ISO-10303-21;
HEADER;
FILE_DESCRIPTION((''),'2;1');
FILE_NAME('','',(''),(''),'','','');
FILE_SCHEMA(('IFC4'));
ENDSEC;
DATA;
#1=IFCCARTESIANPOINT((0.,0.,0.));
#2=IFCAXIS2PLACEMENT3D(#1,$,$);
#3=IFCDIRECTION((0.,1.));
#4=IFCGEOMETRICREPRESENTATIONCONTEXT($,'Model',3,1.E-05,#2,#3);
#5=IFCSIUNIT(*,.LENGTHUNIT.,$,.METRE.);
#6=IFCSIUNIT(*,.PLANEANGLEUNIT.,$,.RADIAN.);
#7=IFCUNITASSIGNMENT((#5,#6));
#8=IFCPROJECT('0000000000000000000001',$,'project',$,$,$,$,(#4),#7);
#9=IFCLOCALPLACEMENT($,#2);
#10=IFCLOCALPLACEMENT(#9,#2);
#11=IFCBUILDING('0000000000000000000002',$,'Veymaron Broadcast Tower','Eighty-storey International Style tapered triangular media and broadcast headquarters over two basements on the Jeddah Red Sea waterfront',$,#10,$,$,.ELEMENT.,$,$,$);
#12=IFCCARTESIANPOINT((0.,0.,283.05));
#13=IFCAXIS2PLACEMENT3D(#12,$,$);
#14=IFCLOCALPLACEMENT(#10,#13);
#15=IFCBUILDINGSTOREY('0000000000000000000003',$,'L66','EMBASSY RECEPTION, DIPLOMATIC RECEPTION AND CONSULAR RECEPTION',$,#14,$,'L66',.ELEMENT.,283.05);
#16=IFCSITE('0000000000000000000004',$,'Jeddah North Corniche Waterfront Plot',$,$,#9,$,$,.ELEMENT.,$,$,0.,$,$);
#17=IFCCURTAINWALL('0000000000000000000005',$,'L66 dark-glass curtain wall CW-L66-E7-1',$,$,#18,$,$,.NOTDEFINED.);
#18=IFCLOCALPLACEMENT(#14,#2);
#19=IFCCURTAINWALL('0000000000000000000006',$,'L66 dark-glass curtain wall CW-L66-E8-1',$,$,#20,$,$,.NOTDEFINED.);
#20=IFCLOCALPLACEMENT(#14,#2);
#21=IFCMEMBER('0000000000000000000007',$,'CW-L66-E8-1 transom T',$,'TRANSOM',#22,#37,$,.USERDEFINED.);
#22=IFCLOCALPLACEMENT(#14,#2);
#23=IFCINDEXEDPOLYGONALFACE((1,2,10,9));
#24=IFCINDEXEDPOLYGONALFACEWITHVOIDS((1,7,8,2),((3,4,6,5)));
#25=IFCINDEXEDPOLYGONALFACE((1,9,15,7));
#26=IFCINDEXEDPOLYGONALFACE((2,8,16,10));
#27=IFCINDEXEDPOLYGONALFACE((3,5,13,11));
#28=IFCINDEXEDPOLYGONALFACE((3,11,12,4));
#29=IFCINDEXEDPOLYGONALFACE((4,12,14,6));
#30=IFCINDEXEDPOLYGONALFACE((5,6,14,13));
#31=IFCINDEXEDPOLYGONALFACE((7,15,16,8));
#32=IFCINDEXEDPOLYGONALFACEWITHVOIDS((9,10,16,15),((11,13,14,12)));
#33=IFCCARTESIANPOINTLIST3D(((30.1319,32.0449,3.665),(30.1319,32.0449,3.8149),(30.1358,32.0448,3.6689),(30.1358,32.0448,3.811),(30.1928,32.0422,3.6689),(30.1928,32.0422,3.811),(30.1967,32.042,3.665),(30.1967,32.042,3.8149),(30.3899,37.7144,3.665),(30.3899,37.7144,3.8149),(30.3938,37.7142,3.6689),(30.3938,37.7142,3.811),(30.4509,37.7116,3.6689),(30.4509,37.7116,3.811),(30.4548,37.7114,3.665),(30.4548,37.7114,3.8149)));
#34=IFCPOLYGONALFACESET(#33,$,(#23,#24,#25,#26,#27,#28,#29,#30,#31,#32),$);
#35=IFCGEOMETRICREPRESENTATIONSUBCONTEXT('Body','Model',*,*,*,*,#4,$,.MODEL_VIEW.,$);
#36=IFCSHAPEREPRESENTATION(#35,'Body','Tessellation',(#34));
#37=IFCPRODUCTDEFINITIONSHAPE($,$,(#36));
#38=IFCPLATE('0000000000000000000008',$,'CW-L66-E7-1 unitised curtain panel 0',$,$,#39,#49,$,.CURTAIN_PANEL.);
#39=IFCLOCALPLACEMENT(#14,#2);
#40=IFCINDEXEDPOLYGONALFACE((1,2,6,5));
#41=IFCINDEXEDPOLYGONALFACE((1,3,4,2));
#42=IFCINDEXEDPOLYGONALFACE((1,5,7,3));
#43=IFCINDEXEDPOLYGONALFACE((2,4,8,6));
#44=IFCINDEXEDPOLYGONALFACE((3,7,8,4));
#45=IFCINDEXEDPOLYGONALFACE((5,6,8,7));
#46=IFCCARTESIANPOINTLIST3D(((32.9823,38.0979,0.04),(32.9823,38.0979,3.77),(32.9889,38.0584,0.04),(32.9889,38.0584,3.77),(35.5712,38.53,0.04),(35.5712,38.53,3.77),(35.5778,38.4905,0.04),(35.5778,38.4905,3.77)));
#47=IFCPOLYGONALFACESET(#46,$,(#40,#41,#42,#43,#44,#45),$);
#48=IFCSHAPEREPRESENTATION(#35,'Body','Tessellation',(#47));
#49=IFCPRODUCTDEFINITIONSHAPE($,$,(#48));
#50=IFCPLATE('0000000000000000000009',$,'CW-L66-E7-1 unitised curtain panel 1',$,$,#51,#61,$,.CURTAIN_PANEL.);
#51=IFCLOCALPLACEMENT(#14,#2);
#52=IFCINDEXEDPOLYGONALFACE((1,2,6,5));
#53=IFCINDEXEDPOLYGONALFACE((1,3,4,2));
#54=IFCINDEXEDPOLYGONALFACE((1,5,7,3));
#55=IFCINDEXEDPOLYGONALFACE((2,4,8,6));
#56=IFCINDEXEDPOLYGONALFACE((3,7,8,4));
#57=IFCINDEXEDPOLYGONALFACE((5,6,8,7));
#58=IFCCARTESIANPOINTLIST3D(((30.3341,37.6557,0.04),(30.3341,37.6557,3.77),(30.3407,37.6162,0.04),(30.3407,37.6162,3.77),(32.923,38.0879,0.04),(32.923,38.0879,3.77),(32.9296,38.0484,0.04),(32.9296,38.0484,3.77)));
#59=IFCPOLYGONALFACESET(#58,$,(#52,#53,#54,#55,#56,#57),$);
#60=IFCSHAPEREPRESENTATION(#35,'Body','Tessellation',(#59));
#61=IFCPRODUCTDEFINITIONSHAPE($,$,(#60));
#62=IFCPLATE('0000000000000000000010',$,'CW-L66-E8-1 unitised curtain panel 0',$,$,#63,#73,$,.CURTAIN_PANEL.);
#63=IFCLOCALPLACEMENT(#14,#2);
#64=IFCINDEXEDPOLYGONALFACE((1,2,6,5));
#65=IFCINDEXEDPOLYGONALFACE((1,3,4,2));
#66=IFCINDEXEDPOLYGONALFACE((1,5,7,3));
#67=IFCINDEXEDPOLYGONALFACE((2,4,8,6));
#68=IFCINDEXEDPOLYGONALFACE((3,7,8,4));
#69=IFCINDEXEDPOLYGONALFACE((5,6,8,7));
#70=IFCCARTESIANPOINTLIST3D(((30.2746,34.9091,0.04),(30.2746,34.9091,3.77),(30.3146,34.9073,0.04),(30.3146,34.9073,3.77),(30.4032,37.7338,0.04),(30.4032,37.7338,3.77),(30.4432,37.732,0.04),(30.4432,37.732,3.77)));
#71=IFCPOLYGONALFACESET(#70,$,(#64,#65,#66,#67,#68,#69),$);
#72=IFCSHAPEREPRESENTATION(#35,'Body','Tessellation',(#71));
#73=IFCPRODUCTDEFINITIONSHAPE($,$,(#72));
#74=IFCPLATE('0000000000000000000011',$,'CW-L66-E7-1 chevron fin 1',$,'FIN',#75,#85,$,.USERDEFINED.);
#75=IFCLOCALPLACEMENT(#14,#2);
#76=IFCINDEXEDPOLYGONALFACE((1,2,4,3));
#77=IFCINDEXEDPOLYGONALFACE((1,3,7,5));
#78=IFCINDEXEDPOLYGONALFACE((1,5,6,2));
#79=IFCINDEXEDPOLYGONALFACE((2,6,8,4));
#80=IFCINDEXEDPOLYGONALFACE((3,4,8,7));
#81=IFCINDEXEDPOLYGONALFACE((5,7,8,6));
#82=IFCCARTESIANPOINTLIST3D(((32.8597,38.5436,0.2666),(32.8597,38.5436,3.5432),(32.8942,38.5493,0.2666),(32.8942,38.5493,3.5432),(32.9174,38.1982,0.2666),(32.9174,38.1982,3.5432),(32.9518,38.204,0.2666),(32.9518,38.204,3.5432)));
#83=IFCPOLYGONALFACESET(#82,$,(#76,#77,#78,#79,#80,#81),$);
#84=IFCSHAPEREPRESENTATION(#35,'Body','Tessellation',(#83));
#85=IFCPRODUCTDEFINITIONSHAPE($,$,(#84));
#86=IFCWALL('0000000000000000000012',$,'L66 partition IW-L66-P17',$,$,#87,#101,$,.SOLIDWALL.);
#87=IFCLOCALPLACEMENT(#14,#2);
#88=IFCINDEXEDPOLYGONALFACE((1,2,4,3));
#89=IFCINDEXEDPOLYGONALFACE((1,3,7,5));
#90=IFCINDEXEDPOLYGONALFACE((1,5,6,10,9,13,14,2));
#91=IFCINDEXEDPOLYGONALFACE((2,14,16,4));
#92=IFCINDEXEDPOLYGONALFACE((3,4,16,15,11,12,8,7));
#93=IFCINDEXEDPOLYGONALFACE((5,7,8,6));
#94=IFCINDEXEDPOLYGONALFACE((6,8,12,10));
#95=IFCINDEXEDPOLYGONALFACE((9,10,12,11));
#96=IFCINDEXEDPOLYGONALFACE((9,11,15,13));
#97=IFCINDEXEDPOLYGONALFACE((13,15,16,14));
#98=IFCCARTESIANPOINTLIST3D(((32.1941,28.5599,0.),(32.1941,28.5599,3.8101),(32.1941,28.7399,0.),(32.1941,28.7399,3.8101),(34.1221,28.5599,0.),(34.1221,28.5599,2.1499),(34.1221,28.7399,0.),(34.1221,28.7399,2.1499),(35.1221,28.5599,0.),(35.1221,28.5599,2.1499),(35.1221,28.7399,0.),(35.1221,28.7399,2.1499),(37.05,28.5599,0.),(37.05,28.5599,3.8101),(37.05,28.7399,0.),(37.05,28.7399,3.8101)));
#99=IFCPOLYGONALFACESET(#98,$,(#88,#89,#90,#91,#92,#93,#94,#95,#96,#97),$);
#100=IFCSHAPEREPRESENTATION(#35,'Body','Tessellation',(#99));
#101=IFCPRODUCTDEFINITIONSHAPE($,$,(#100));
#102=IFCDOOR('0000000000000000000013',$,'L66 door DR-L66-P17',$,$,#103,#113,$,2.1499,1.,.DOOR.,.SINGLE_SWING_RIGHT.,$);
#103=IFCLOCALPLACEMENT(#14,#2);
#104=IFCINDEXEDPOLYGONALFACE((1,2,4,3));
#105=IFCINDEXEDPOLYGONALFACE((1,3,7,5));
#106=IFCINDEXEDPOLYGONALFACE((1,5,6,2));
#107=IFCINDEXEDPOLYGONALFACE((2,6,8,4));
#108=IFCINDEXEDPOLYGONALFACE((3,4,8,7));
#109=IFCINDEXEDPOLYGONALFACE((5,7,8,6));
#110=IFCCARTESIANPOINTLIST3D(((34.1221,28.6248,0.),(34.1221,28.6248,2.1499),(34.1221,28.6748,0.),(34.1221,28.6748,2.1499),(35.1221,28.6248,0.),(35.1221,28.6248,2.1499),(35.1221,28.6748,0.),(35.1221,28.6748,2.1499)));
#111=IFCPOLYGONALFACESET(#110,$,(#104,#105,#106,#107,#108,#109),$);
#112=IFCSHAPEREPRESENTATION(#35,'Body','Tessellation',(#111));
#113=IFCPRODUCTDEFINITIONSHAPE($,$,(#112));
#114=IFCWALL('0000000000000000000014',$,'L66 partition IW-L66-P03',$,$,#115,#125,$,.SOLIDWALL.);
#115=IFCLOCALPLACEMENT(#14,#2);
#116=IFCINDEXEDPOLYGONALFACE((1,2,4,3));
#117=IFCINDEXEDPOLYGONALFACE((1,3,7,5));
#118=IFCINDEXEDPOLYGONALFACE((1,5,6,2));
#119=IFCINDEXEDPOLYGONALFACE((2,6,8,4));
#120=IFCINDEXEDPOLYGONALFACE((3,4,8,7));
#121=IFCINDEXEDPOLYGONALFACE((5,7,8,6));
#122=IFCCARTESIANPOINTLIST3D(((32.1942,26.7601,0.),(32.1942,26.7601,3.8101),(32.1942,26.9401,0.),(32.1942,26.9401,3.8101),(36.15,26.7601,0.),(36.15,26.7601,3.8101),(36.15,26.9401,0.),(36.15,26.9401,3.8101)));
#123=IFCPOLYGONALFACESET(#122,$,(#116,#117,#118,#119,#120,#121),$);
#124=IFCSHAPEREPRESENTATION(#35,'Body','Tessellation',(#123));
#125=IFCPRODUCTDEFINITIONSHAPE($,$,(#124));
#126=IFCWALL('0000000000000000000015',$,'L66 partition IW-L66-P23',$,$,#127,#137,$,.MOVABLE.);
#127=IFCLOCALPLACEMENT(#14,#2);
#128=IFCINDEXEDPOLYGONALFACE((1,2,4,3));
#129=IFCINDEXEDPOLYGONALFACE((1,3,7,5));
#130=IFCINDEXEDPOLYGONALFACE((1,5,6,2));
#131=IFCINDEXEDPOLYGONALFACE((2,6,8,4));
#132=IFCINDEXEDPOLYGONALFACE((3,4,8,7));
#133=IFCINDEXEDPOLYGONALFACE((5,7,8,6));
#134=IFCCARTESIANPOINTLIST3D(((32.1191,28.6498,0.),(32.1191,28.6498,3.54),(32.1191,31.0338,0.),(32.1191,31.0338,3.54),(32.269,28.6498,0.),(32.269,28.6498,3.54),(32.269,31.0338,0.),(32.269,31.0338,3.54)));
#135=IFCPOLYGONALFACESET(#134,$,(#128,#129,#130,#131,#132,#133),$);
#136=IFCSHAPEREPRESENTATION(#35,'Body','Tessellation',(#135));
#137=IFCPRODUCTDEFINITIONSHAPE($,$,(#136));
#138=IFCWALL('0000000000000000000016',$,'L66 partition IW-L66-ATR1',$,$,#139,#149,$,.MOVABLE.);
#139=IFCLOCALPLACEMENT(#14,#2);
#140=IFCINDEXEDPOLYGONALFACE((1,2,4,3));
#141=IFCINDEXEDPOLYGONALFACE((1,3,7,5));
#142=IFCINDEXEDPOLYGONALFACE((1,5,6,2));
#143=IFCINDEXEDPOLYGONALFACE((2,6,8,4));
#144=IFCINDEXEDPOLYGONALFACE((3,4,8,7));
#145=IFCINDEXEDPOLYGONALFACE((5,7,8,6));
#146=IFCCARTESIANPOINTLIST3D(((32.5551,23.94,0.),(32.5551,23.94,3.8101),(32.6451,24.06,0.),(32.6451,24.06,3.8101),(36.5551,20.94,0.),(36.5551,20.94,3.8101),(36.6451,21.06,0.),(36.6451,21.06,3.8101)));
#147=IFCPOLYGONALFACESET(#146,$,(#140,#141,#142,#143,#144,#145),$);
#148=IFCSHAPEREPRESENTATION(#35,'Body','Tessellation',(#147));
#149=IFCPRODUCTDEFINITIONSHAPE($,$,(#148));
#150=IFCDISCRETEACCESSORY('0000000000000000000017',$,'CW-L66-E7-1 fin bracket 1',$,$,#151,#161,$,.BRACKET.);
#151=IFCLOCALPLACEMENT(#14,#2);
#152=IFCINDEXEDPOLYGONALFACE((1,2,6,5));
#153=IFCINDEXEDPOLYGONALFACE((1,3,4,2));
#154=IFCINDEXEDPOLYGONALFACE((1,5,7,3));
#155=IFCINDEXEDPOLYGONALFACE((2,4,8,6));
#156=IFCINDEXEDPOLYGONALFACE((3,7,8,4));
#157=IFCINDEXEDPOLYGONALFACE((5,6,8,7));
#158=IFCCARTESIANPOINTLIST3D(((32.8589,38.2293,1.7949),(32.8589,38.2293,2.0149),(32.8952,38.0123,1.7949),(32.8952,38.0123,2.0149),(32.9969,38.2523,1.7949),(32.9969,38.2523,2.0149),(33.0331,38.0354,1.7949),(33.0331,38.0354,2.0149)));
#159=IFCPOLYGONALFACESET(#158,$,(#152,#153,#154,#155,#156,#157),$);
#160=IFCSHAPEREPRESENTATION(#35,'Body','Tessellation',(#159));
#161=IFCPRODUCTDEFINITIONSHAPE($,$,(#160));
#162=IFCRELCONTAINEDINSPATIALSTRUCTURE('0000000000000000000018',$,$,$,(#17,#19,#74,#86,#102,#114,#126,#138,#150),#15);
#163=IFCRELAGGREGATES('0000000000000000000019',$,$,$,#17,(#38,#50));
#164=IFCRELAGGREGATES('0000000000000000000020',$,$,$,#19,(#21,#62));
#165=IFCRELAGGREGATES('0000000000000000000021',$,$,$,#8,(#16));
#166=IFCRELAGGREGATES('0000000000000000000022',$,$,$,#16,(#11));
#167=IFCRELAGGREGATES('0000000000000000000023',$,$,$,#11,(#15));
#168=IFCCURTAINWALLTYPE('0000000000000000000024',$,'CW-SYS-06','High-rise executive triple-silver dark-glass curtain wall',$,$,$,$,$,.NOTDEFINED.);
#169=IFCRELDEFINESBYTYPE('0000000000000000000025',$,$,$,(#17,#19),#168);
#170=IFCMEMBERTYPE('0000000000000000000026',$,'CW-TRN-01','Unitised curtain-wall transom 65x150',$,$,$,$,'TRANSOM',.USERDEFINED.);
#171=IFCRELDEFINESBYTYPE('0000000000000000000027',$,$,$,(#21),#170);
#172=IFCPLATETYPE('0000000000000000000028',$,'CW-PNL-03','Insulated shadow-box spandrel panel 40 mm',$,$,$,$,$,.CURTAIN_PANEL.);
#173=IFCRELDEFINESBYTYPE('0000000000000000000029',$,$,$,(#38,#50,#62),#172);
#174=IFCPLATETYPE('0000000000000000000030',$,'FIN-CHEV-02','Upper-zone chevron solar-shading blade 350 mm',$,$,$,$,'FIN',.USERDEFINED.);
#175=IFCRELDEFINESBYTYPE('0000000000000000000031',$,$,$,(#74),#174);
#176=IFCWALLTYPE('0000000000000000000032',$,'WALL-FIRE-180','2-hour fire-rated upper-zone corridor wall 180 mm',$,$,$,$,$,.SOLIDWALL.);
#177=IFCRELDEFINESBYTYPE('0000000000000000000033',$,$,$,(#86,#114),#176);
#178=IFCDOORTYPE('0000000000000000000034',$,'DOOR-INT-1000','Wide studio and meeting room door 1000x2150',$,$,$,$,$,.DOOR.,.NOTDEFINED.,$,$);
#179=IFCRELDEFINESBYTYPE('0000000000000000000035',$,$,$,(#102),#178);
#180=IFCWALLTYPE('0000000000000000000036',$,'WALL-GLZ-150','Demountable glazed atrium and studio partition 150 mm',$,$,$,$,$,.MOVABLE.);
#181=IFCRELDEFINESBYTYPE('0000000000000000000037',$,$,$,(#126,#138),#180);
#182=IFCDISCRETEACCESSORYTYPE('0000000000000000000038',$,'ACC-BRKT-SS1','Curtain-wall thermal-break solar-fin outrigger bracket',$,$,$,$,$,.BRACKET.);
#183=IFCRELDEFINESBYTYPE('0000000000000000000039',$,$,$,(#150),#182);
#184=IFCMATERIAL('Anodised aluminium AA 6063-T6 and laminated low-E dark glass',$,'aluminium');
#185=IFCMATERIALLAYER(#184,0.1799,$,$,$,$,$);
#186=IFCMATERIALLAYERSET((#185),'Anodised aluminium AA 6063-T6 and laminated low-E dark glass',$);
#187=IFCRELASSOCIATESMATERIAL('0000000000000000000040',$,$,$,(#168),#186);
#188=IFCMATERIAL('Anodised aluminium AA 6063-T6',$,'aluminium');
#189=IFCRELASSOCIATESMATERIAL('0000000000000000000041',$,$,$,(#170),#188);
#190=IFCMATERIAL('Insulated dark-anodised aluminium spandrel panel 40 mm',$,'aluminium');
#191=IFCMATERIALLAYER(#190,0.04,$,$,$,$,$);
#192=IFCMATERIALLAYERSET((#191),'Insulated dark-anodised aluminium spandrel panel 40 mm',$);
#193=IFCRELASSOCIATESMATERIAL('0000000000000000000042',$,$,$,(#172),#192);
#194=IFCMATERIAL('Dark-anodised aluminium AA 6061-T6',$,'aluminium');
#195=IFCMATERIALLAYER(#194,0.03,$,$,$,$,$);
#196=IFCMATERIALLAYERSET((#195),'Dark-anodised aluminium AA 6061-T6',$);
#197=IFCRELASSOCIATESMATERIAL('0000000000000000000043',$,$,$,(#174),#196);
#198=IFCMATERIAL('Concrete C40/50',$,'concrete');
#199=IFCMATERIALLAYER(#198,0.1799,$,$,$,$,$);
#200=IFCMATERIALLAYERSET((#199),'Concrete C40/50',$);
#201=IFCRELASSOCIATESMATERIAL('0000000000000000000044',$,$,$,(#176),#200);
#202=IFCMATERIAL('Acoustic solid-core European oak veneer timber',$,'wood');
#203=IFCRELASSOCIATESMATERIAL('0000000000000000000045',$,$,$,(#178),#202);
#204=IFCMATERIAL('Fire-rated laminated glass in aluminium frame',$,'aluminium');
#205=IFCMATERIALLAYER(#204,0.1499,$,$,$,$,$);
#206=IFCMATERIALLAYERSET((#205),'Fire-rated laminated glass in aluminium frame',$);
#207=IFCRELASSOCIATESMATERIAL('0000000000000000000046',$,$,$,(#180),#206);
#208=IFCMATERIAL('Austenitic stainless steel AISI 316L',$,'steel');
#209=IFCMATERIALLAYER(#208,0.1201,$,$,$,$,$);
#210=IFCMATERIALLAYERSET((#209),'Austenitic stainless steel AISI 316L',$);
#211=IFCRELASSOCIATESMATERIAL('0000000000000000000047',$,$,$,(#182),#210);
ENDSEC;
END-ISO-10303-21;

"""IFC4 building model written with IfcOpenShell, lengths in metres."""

from ifc_helpers import new_model, si_unit, direction, frame, frame_2d, origin, origin_2d, place, context, subcontext, project, spatial, rectangle, hollow_rectangle, extrude, material, layer, layer_set, material_profile, profile_set, type_object, element, fill, aggregate, save


model = new_model("IFC4")

# Units and contexts
model_context = context("Model", 3, precision=1e-05, world=origin(), true_north=direction((0.0, 1.0)))
body_context = subcontext(model_context, "Body", "Model", "MODEL_VIEW")
ifc_project = project(units=[si_unit("LENGTHUNIT", "METRE"), si_unit("PLANEANGLEUNIT", "RADIAN")], contexts=[model_context])

# Site, building, storey
site_placement = place(None, origin())
site = spatial("IfcSite", under=ifc_project, at=site_placement, Name="Jeddah North Corniche Waterfront Plot", CompositionType="ELEMENT", RefElevation=0.0)
building_placement = place(site_placement, origin())
building = spatial("IfcBuilding", under=site, at=building_placement, Name="Veymaron Broadcast Tower", Description="Eighty-storey International Style tapered triangular media and broadcast headquarters over two basements on the Jeddah Red Sea waterfront", CompositionType="ELEMENT")
storey_placement = place(building_placement, frame((0.0, 0.0, 283.05)))
storey = spatial("IfcBuildingStorey", under=building, at=storey_placement, Name="L66", Description="EMBASSY RECEPTION, DIPLOMATIC RECEPTION AND CONSULAR RECEPTION", LongName="L66", CompositionType="ELEMENT", Elevation=283.05)

# Shared definitions
ifc_material_1 = material(Name="Anodised aluminium AA 6063-T6 and laminated low-E dark glass", Category="aluminium")
ifc_layer_1 = layer(ifc_material_1, 0.1799)
ifc_layer_set_1 = layer_set([ifc_layer_1], Name="Anodised aluminium AA 6063-T6 and laminated low-E dark glass")
curtain_wall_type = type_object("IfcCurtainWallType", Name="CW-SYS-06", Description="High-rise executive triple-silver dark-glass curtain wall", PredefinedType="NOTDEFINED", material=ifc_layer_set_1)
ifc_material_2 = material(Name="Anodised aluminium AA 6063-T6", Category="aluminium")

# Curtain wall
curtain_wall_1_placement = place(storey_placement, origin())
curtain_wall_1 = element("IfcCurtainWall", 1, at=curtain_wall_1_placement, inside=storey, type_object=curtain_wall_type, Name="L66 dark-glass curtain wall CW-L66-E7-1", PredefinedType="NOTDEFINED")

# Curtain wall
curtain_wall_2_placement = place(storey_placement, origin())
curtain_wall_2 = element("IfcCurtainWall", 2, at=curtain_wall_2_placement, inside=storey, type_object=curtain_wall_type, Name="L66 dark-glass curtain wall CW-L66-E8-1", PredefinedType="NOTDEFINED")

# Member
ifc_material_profile_1 = material_profile(ifc_material_2, hollow_rectangle(XDim=0.0649, YDim=0.1499, WallThickness=0.0039, at=origin_2d()), Name="AL150X65X4")
ifc_profile_set_1 = profile_set([ifc_material_profile_1], Name="Anodised aluminium AA 6063-T6")
member_type_1 = type_object("IfcMemberType", Name="CW-TRN-01", Description="Unitised curtain-wall transom 65x150", ElementType="TRANSOM", PredefinedType="USERDEFINED", material=ifc_profile_set_1)
member_1_placement = place(storey_placement, frame((30.4224, 37.7129, 3.74), z_axis=(-0.04547, -0.998966, 0.0), x_axis=(0.998966, -0.04547, 0.0)))
member_1 = element("IfcMember", 3, at=member_1_placement, type_object=member_type_1, Name="CW-L66-E8-1 transom T", ObjectType="TRANSOM", PredefinedType="USERDEFINED", context=body_context, shape_type="SweptSolid", body=[
    extrude(hollow_rectangle(XDim=0.0649, YDim=0.1499, WallThickness=0.0039, at=origin_2d()), origin(), (0.0, 0.0, 1.0), 5.6753),
])

# Plates
ifc_material_3 = material(Name="Insulated dark-anodised aluminium spandrel panel 40 mm", Category="aluminium")
ifc_layer_2 = layer(ifc_material_3, 0.04)
ifc_layer_set_2 = layer_set([ifc_layer_2], Name="Insulated dark-anodised aluminium spandrel panel 40 mm")
plate_type_1 = type_object("IfcPlateType", Name="CW-PNL-03", Description="Insulated shadow-box spandrel panel 40 mm", PredefinedType="CURTAIN_PANEL", material=ifc_layer_set_2)
plate_1_placement = place(storey_placement, frame((34.28, 38.2942, 0.04), z_axis=(0.0, 0.0, 1.0), x_axis=(-0.986355, -0.164634, 0.0)))
plate_1 = element("IfcPlate", 4, at=plate_1_placement, type_object=plate_type_1, Name="CW-L66-E7-1 unitised curtain panel 0", PredefinedType="CURTAIN_PANEL", context=body_context, shape_type="SweptSolid", body=[
    extrude(rectangle(XDim=2.6248, YDim=0.04, at=origin_2d()), origin(), (0.0, 0.0, 1.0), 3.73),
])
plate_2_placement = place(storey_placement, frame((31.6318, 37.8521, 0.04), z_axis=(0.0, 0.0, 1.0), x_axis=(-0.986355, -0.164634, 0.0)))
plate_2 = element("IfcPlate", 5, at=plate_2_placement, type_object=plate_type_1, Name="CW-L66-E7-1 unitised curtain panel 1", PredefinedType="CURTAIN_PANEL", context=body_context, shape_type="SweptSolid", body=[
    extrude(rectangle(XDim=2.6248, YDim=0.04, at=origin_2d()), origin(), (0.0, 0.0, 1.0), 3.73),
])
aggregate(curtain_wall_1, [plate_1, plate_2])
plate_3_placement = place(storey_placement, frame((30.3589, 36.3206, 0.04), z_axis=(0.0, 0.0, 1.0), x_axis=(-0.045502, -0.998964, 0.0)))
plate_3 = element("IfcPlate", 6, at=plate_3_placement, type_object=plate_type_1, Name="CW-L66-E8-1 unitised curtain panel 0", PredefinedType="CURTAIN_PANEL", context=body_context, shape_type="SweptSolid", body=[
    extrude(rectangle(XDim=2.8276, YDim=0.04, at=origin_2d()), origin(), (0.0, 0.0, 1.0), 3.73),
])
aggregate(curtain_wall_2, [member_1, plate_3])
ifc_material_4 = material(Name="Dark-anodised aluminium AA 6061-T6", Category="aluminium")
ifc_layer_3 = layer(ifc_material_4, 0.03)
ifc_layer_set_3 = layer_set([ifc_layer_3], Name="Dark-anodised aluminium AA 6061-T6")
plate_type_2 = type_object("IfcPlateType", Name="FIN-CHEV-02", Description="Upper-zone chevron solar-shading blade 350 mm", ElementType="FIN", PredefinedType="USERDEFINED", material=ifc_layer_set_3)
plate_4_placement = place(storey_placement, frame((32.9058, 38.3738, 0.2666), z_axis=(0.0, 0.0, 1.0), x_axis=(-0.164634, 0.986355, 0.0)))
element("IfcPlate", 7, at=plate_4_placement, inside=storey, type_object=plate_type_2, Name="CW-L66-E7-1 chevron fin 1", ObjectType="FIN", PredefinedType="USERDEFINED", context=body_context, shape_type="SweptSolid", body=[
    extrude(rectangle(XDim=0.3501, YDim=0.0349, at=origin_2d()), origin(), (0.0, 0.0, 1.0), 3.2766),
])

# Wall, opening, door
ifc_material_5 = material(Name="Concrete C40/50", Category="concrete")
ifc_layer_4 = layer(ifc_material_5, 0.1799)
ifc_layer_set_4 = layer_set([ifc_layer_4], Name="Concrete C40/50")
wall_type_1 = type_object("IfcWallType", Name="WALL-FIRE-180", Description="2-hour fire-rated upper-zone corridor wall 180 mm", PredefinedType="SOLIDWALL", material=ifc_layer_set_4)
wall_1_placement = place(storey_placement, frame((32.1941, 28.6499, 0.0), z_axis=(0.0, 0.0, 1.0), x_axis=(1.0, 0.0, 0.0)))
wall_1 = element("IfcWall", 8, at=wall_1_placement, inside=storey, type_object=wall_type_1, Name="L66 partition IW-L66-P17", PredefinedType="SOLIDWALL", context=body_context, shape_type="SweptSolid", body=[
    extrude(rectangle(XDim=4.856, YDim=0.1799, at=frame_2d((2.428, 0.0))), origin(), (0.0, 0.0, 1.0), 3.8101),
])
opening_placement = place(wall_1_placement, frame((1.928, 0.0, 0.0)))
opening = element("IfcOpeningElement", 9, at=opening_placement, cuts=wall_1, PredefinedType="OPENING", context=body_context, shape_type="SweptSolid", body=[
    extrude(rectangle(XDim=1.0, YDim=2.1499, at=frame_2d((0.5, 1.075))), frame((0.0, 0.1001, 0.0), z_axis=(0.0, -1.0, 0.0), x_axis=(1.0, 0.0, 0.0)), (0.0, 0.0, 1.0), 0.2),
])
ifc_material_6 = material(Name="Acoustic solid-core European oak veneer timber", Category="wood")
door_type = type_object("IfcDoorType", Name="DOOR-INT-1000", Description="Wide studio and meeting room door 1000x2150", OperationType="NOTDEFINED", PredefinedType="DOOR", material=ifc_material_6)
door_placement = place(opening_placement, origin())
door = element("IfcDoor", 10, at=door_placement, inside=storey, type_object=door_type, Name="L66 door DR-L66-P17", OperationType="SINGLE_SWING_RIGHT", OverallHeight=2.1499, OverallWidth=1.0, PredefinedType="DOOR", context=body_context, shape_type="SweptSolid", body=[
    extrude(rectangle(XDim=1.0, YDim=2.1499, at=frame_2d((0.5, 1.075))), frame((0.0, 0.0249, 0.0), z_axis=(0.0, -1.0, 0.0), x_axis=(1.0, 0.0, 0.0)), (0.0, 0.0, 1.0), 0.05),
])
fill(opening, door)

# Walls
wall_2_placement = place(storey_placement, frame((32.1941, 26.8501, 0.0), z_axis=(0.0, 0.0, 1.0), x_axis=(1.0, 0.0, 0.0)))
element("IfcWall", 11, at=wall_2_placement, inside=storey, type_object=wall_type_1, Name="L66 partition IW-L66-P03", PredefinedType="SOLIDWALL", context=body_context, shape_type="SweptSolid", body=[
    extrude(rectangle(XDim=3.9558, YDim=0.1799, at=frame_2d((1.978, 0.0))), origin(), (0.0, 0.0, 1.0), 3.8101),
])
ifc_material_7 = material(Name="Fire-rated laminated glass in aluminium frame", Category="aluminium")
ifc_layer_5 = layer(ifc_material_7, 0.1499)
ifc_layer_set_5 = layer_set([ifc_layer_5], Name="Fire-rated laminated glass in aluminium frame")
wall_type_2 = type_object("IfcWallType", Name="WALL-GLZ-150", Description="Demountable glazed atrium and studio partition 150 mm", PredefinedType="MOVABLE", material=ifc_layer_set_5)
wall_3_placement = place(storey_placement, frame((32.1941, 28.6499, 0.0), z_axis=(0.0, 0.0, 1.0), x_axis=(0.0, 1.0, 0.0)))
element("IfcWall", 12, at=wall_3_placement, inside=storey, type_object=wall_type_2, Name="L66 partition IW-L66-P23", PredefinedType="MOVABLE", context=body_context, shape_type="SweptSolid", body=[
    extrude(rectangle(XDim=2.384, YDim=0.1499, at=frame_2d((1.1919, 0.0))), origin(), (0.0, 0.0, 1.0), 3.54),
])
wall_4_placement = place(storey_placement, frame((32.6001, 24.0, 0.0), z_axis=(0.0, 0.0, 1.0), x_axis=(0.8, -0.6, 0.0)))
element("IfcWall", 13, at=wall_4_placement, inside=storey, type_object=wall_type_2, Name="L66 partition IW-L66-ATR1", PredefinedType="MOVABLE", context=body_context, shape_type="SweptSolid", body=[
    extrude(rectangle(XDim=5.0, YDim=0.1499, at=frame_2d((2.5, 0.0))), origin(), (0.0, 0.0, 1.0), 3.8101),
])

# Discrete accessory
ifc_material_8 = material(Name="Austenitic stainless steel AISI 316L", Category="steel")
ifc_layer_6 = layer(ifc_material_8, 0.1201)
ifc_layer_set_6 = layer_set([ifc_layer_6], Name="Austenitic stainless steel AISI 316L")
discrete_accessory_type = type_object("IfcDiscreteAccessoryType", Name="ACC-BRKT-SS1", Description="Curtain-wall thermal-break solar-fin outrigger bracket", PredefinedType="BRACKET", material=ifc_layer_set_6)
discrete_accessory_placement = place(storey_placement, frame((32.946, 38.1323, 1.7949), z_axis=(0.0, 0.0, 1.0), x_axis=(-0.164634, 0.986355, 0.0)))
element("IfcDiscreteAccessory", 14, at=discrete_accessory_placement, inside=storey, type_object=discrete_accessory_type, Name="CW-L66-E7-1 fin bracket 1", PredefinedType="BRACKET", context=body_context, shape_type="SweptSolid", body=[
    extrude(rectangle(XDim=0.22, YDim=0.1399, at=origin_2d()), origin(), (0.0, 0.0, 1.0), 0.22),
])

save(model, "model.ifc")
